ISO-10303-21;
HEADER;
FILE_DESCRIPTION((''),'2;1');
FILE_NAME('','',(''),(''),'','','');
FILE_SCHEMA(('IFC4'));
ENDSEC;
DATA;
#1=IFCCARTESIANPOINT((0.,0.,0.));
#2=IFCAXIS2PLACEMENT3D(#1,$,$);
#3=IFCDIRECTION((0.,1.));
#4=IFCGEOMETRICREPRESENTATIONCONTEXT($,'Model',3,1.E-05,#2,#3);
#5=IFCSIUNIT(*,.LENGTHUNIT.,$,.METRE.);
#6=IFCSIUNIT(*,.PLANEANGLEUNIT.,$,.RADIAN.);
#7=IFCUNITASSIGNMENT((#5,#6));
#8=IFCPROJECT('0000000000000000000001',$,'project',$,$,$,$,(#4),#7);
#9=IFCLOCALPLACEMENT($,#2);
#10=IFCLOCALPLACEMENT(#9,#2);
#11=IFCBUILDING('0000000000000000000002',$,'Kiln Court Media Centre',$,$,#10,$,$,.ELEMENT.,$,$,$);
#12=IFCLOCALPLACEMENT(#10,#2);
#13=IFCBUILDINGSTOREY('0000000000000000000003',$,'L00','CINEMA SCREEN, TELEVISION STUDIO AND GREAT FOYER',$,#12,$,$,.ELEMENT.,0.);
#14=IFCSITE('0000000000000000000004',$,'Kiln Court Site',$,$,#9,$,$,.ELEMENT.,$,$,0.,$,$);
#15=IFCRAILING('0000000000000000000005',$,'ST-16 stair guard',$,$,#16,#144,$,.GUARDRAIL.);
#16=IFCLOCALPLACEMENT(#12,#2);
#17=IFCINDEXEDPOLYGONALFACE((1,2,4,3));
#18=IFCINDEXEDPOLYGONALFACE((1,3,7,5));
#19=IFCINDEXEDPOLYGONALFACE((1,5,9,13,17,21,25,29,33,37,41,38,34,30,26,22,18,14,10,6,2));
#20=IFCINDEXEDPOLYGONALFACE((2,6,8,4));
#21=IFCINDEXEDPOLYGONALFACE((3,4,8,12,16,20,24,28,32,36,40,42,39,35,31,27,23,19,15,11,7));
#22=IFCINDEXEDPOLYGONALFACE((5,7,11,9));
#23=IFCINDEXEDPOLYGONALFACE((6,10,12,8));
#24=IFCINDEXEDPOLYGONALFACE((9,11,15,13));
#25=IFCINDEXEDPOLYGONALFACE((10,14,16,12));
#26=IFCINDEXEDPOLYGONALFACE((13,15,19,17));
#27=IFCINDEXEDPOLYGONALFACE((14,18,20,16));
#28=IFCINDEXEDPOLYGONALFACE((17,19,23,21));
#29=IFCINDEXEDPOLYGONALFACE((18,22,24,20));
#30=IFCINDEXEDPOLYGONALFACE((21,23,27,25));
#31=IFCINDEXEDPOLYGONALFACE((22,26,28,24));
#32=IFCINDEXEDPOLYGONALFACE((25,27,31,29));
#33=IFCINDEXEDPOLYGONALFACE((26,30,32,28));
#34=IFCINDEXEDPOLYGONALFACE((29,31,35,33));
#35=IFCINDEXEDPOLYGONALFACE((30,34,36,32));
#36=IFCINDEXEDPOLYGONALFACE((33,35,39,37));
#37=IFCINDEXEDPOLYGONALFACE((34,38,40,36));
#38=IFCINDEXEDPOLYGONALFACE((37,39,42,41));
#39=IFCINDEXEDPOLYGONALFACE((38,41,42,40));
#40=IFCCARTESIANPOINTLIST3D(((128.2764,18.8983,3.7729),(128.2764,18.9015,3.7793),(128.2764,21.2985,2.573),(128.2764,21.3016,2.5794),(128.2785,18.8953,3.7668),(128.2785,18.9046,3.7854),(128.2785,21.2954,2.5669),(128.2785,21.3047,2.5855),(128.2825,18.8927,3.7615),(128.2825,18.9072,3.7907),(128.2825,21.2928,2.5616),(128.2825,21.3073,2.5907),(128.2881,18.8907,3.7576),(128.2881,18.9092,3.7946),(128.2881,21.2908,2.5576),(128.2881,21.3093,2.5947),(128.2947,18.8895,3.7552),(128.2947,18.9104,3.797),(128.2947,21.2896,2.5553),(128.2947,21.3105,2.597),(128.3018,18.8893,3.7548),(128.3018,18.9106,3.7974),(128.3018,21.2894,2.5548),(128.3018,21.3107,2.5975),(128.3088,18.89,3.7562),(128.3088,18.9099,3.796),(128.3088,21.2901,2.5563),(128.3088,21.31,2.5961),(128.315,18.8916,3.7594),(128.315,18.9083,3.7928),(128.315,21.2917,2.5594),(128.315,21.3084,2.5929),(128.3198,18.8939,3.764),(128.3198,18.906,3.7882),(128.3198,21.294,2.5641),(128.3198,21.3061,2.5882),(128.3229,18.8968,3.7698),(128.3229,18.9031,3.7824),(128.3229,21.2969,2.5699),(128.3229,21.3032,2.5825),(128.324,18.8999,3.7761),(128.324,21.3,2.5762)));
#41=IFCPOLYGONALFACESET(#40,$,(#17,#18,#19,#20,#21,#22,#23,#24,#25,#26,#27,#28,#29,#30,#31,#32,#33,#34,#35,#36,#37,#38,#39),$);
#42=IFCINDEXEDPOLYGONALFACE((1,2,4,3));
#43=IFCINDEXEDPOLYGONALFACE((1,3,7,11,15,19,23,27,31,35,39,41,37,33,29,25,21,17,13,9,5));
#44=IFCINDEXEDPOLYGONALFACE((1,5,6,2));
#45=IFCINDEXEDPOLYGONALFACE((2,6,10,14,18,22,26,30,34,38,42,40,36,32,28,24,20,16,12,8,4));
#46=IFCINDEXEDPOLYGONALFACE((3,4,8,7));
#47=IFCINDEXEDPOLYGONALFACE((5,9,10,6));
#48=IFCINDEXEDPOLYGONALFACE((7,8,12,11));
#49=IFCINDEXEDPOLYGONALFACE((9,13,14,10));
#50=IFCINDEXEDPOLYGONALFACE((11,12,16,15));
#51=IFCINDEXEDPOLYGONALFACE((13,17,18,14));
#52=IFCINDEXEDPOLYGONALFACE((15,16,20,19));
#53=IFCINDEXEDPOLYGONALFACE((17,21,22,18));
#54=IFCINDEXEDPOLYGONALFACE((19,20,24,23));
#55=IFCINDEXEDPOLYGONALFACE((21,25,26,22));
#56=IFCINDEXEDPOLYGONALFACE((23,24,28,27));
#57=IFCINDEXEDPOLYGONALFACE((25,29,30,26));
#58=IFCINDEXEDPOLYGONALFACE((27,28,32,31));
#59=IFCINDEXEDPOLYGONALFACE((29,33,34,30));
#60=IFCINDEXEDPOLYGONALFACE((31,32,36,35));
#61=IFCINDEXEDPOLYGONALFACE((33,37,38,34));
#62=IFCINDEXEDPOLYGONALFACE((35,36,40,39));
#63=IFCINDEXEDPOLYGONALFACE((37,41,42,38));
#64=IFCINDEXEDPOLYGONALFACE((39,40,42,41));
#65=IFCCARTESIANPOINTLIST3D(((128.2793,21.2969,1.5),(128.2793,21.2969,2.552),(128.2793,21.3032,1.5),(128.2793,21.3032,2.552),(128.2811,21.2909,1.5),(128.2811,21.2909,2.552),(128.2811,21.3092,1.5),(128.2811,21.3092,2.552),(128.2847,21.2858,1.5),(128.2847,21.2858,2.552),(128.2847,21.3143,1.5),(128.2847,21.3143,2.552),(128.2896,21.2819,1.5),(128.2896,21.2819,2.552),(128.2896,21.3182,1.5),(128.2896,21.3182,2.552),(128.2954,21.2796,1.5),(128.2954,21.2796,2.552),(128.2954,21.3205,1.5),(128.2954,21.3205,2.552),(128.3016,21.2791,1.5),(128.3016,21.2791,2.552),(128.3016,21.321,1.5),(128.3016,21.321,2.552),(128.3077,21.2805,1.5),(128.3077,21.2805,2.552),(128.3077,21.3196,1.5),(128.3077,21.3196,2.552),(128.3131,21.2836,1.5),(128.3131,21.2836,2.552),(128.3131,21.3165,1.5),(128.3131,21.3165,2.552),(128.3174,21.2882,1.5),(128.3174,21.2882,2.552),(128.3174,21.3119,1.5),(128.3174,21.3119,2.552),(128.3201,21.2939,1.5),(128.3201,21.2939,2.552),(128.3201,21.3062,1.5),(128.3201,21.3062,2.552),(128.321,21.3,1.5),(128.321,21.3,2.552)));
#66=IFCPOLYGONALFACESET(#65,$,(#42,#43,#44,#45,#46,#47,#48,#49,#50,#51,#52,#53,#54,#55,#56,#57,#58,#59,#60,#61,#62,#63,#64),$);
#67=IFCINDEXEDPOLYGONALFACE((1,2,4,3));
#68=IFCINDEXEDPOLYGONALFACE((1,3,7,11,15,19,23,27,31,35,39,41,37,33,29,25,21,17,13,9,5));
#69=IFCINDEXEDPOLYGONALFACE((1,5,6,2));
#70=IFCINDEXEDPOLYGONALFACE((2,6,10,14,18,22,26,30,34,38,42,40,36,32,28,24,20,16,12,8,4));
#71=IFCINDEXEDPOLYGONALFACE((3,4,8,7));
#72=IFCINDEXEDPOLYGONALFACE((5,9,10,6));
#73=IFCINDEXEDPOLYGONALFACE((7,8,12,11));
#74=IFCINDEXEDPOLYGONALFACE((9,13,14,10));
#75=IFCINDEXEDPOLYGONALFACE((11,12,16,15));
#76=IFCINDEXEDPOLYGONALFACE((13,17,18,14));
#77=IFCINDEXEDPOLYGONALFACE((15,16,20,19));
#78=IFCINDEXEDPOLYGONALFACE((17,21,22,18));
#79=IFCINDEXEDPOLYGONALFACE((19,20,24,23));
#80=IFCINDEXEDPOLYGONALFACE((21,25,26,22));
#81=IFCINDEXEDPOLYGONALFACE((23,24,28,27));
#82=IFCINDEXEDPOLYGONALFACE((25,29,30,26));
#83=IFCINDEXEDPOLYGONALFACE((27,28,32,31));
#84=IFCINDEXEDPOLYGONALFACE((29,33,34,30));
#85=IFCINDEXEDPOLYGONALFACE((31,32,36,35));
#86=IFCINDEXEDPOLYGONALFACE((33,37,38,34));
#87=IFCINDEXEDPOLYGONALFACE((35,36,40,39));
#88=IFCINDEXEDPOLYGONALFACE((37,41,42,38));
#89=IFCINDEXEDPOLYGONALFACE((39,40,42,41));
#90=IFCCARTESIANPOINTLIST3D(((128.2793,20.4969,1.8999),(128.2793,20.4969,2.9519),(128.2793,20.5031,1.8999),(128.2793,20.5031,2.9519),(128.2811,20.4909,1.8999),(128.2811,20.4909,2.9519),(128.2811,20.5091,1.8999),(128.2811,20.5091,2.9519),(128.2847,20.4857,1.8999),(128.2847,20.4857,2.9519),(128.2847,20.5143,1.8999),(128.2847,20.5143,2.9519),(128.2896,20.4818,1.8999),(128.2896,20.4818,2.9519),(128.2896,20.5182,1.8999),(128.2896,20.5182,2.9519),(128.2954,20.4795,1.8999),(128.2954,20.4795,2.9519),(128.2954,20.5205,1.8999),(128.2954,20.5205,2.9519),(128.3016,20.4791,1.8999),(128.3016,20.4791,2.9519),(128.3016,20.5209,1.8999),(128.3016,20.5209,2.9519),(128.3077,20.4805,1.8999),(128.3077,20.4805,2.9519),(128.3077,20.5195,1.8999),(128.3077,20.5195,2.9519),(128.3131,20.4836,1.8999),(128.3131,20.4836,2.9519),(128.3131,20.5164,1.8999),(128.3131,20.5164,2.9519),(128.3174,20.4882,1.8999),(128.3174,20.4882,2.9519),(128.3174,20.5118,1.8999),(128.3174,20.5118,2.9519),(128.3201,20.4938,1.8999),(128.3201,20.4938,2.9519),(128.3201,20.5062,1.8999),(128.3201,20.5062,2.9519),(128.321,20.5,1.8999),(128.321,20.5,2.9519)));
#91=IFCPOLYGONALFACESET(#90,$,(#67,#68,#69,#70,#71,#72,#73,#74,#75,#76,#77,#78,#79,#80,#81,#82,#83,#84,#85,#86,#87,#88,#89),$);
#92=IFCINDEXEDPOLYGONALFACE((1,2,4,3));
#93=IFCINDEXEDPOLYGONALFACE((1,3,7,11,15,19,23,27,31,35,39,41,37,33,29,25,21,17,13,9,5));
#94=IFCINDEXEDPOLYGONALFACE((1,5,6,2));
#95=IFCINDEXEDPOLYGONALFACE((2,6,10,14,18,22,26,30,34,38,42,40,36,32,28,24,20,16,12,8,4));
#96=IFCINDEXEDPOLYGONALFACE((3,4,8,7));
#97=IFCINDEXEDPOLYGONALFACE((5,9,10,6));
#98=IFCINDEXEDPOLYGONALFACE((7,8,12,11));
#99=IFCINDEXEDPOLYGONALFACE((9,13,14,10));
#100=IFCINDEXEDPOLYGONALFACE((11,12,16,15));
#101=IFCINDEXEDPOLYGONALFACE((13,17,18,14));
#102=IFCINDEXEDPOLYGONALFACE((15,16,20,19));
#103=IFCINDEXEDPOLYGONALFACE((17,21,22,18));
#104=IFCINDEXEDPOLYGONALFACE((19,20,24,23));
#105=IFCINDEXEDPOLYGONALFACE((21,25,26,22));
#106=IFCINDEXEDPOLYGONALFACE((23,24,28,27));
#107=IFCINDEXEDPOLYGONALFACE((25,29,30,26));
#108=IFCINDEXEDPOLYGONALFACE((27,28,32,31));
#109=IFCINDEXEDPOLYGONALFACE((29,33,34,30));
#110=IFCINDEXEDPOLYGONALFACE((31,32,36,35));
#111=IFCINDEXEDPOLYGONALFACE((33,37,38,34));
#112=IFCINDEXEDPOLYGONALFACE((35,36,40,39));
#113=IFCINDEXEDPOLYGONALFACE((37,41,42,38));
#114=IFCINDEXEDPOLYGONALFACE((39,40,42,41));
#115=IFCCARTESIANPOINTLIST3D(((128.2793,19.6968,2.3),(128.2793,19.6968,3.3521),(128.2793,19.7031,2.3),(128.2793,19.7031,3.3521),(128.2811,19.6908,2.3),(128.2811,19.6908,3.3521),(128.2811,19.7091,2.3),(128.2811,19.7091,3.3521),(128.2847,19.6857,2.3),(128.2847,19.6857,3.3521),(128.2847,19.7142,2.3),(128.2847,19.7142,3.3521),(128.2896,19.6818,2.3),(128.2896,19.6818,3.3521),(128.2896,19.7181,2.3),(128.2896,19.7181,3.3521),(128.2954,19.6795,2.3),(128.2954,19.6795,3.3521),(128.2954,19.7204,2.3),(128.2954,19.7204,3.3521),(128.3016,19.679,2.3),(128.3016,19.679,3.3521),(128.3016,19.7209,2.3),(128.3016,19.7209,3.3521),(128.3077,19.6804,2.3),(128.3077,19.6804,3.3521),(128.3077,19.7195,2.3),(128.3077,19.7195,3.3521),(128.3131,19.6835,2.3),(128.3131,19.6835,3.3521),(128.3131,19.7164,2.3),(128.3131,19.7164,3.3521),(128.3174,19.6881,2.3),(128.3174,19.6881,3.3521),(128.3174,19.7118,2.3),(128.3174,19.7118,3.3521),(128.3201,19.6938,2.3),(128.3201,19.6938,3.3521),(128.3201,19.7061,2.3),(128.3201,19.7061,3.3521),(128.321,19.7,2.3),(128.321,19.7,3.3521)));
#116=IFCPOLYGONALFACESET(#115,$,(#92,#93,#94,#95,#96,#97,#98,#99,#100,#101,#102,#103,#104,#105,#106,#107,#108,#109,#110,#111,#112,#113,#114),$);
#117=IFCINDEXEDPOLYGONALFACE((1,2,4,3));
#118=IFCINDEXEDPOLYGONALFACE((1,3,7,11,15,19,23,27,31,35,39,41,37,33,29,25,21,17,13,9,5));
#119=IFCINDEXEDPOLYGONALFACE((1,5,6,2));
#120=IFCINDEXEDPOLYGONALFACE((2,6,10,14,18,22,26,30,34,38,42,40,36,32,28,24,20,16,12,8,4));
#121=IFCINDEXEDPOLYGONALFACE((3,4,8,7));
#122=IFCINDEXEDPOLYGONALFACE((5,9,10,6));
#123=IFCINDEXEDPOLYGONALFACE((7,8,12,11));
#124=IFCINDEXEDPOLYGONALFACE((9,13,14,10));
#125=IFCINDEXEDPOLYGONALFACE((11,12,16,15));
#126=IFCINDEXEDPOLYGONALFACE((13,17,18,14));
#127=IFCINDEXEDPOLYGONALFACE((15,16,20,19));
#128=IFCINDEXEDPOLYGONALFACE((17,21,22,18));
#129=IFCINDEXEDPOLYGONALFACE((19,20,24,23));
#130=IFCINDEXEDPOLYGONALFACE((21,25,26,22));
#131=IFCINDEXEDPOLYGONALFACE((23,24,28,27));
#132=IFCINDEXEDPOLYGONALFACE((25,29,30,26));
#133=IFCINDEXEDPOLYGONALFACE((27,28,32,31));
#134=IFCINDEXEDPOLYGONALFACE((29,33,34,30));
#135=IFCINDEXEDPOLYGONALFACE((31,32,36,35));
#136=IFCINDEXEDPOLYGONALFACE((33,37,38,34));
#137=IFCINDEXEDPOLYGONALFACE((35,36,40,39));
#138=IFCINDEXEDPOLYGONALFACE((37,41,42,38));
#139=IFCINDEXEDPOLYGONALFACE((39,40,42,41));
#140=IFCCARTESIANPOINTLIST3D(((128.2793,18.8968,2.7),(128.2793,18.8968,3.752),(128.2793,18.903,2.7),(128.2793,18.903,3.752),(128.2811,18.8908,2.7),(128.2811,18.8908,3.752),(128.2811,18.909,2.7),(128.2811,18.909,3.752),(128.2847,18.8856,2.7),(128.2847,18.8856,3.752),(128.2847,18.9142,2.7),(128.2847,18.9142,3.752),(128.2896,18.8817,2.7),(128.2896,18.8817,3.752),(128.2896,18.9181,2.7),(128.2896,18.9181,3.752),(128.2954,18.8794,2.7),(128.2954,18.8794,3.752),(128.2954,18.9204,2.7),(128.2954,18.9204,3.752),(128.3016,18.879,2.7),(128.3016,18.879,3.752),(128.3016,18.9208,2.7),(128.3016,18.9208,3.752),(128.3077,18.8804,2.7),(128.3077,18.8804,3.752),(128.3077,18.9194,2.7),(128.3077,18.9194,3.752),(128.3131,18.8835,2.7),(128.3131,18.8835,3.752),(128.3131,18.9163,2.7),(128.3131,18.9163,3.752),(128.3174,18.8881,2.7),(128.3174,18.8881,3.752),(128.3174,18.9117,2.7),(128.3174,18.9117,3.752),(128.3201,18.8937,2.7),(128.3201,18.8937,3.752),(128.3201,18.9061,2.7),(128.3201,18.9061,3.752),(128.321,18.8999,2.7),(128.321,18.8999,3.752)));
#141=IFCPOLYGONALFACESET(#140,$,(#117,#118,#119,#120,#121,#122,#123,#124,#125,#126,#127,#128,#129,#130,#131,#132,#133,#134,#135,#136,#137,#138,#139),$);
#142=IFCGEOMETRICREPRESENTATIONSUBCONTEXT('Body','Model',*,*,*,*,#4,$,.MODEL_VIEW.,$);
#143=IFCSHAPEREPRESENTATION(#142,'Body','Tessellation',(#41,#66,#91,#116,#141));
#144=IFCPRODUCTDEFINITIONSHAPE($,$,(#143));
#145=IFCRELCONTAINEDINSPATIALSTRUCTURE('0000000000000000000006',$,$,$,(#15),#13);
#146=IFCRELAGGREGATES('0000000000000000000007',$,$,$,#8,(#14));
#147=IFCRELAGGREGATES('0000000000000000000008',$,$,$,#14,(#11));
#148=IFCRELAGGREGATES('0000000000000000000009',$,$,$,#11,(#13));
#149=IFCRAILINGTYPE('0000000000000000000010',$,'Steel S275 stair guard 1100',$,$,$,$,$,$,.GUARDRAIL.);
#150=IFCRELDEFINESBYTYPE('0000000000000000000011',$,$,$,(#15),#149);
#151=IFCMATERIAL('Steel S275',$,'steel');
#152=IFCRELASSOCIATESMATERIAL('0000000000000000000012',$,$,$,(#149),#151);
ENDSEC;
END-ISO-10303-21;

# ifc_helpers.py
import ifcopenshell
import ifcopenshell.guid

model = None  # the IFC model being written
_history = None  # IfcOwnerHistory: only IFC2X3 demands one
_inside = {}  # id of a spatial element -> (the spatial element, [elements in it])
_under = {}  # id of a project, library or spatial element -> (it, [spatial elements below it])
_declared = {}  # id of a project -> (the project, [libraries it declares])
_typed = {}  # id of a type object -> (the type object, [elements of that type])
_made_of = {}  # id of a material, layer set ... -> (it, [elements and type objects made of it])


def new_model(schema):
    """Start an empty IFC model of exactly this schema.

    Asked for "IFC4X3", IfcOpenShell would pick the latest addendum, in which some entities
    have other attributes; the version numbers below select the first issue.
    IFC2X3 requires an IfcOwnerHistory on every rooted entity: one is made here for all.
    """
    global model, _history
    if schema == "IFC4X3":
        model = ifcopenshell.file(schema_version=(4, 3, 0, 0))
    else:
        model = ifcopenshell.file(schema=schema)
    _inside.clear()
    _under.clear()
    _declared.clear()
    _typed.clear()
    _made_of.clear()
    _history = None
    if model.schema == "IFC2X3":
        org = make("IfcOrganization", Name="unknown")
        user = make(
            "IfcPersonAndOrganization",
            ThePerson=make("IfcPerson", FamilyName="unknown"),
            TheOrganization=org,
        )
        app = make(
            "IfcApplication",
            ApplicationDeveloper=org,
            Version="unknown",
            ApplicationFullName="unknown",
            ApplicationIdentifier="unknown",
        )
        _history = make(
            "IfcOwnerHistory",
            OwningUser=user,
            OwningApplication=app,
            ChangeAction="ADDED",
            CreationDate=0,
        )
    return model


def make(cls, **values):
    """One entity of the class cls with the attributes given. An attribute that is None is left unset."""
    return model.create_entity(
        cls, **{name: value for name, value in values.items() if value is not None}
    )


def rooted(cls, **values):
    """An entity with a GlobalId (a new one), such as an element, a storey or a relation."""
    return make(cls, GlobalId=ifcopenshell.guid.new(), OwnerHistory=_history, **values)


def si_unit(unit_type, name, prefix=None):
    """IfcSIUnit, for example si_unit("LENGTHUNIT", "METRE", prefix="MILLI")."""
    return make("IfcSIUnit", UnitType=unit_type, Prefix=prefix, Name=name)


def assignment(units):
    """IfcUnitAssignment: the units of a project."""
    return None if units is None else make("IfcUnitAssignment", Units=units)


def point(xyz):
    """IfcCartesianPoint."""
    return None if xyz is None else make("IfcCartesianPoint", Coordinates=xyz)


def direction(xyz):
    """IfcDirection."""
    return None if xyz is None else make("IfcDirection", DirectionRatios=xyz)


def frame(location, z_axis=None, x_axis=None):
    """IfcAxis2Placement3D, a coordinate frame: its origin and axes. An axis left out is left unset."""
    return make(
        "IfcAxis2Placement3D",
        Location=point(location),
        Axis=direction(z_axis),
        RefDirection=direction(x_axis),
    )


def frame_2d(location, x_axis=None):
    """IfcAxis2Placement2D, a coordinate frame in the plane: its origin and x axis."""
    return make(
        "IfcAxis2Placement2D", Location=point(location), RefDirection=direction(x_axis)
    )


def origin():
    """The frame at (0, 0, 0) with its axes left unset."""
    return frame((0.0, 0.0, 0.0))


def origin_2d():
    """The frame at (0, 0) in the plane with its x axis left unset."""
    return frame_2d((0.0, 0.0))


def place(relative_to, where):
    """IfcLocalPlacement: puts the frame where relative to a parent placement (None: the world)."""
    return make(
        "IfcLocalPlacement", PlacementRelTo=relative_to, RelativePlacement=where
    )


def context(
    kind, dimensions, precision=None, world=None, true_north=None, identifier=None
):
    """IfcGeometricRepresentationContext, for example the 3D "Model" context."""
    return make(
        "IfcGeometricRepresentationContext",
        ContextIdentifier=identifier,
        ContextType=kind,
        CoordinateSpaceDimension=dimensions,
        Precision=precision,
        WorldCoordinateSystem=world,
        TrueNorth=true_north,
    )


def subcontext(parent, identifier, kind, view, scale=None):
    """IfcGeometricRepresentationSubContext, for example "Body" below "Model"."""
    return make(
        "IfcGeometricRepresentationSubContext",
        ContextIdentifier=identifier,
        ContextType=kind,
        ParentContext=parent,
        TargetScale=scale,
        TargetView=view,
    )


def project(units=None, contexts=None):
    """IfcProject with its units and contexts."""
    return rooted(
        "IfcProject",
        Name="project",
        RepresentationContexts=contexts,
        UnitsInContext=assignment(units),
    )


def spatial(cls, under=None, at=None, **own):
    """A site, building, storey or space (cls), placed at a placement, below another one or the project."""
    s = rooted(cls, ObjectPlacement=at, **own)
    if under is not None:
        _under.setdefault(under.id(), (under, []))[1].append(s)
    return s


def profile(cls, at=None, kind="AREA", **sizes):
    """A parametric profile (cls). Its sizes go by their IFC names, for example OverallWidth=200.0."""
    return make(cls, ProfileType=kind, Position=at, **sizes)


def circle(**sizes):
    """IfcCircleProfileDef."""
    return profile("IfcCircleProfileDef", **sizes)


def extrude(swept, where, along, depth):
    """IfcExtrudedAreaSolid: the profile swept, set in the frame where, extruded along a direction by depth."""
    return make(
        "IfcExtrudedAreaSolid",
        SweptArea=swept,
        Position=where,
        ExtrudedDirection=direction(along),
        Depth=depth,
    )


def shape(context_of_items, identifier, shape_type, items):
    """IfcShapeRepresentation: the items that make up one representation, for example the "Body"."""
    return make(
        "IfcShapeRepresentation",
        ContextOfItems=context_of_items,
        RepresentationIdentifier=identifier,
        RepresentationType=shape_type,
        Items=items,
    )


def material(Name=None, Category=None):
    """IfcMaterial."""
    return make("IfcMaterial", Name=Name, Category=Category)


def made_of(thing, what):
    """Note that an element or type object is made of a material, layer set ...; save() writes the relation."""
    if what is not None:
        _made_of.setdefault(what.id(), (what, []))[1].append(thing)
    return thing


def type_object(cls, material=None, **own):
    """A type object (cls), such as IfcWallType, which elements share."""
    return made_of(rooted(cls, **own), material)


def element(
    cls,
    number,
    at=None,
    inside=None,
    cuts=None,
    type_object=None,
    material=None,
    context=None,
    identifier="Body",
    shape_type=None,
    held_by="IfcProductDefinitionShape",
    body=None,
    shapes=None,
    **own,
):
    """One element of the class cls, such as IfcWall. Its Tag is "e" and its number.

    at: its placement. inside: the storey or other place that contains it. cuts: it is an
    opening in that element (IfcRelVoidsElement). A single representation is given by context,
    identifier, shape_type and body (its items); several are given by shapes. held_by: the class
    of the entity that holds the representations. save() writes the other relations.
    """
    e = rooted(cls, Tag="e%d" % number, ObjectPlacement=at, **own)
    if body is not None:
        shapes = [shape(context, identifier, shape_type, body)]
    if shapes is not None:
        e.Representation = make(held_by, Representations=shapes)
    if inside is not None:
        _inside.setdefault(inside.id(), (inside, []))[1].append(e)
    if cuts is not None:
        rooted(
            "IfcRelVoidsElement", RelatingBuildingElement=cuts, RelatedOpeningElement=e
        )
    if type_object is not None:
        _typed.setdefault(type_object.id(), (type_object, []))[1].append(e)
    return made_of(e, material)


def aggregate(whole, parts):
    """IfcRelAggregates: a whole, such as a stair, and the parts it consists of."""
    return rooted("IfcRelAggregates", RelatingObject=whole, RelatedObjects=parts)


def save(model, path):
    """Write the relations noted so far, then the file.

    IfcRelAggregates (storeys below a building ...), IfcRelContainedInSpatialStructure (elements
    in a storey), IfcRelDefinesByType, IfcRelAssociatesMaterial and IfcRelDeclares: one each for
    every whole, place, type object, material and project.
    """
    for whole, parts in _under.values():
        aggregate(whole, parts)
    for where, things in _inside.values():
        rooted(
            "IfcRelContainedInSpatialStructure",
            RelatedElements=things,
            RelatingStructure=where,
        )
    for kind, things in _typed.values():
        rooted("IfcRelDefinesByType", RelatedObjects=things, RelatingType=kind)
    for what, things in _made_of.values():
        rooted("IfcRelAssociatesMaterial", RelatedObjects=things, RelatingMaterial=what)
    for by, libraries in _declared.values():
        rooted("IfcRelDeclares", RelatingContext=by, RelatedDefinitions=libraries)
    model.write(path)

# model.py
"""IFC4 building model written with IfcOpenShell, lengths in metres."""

from ifc_helpers import new_model, si_unit, direction, frame, origin, origin_2d, place, context, subcontext, project, spatial, circle, extrude, material, type_object, element, save


model = new_model("IFC4")

# Units and contexts
model_context = context("Model", 3, precision=1e-05, world=origin(), true_north=direction((0.0, 1.0)))
body_context = subcontext(model_context, "Body", "Model", "MODEL_VIEW")
ifc_project = project(units=[si_unit("LENGTHUNIT", "METRE"), si_unit("PLANEANGLEUNIT", "RADIAN")], contexts=[model_context])

# Site, building, storey
site_placement = place(None, origin())
site = spatial("IfcSite", under=ifc_project, at=site_placement, Name="Kiln Court Site", CompositionType="ELEMENT", RefElevation=0.0)
building_placement = place(site_placement, origin())
building = spatial("IfcBuilding", under=site, at=building_placement, Name="Kiln Court Media Centre", CompositionType="ELEMENT")
storey_placement = place(building_placement, origin())
storey = spatial("IfcBuildingStorey", under=building, at=storey_placement, Name="L00", Description="CINEMA SCREEN, TELEVISION STUDIO AND GREAT FOYER", CompositionType="ELEMENT", Elevation=0.0)

# Railing
ifc_material_1 = material(Name="Steel S275", Category="steel")
railing_type_1 = type_object("IfcRailingType", Name="Steel S275 stair guard 1100", PredefinedType="GUARDRAIL", material=ifc_material_1)
railing_1_placement = place(storey_placement, frame((128.3, 21.3, 1.5)))
element("IfcRailing", 1, at=railing_1_placement, inside=storey, type_object=railing_type_1, Name="ST-16 stair guard", PredefinedType="GUARDRAIL", context=body_context, shape_type="SweptSolid", body=[
    extrude(circle(Radius=0.0239, at=origin_2d()), frame((0.0, 0.0, 1.0762), z_axis=(0.0, -0.894445, 0.447177), x_axis=(1.0, 0.0, 0.0)), (0.0, 0.0, 1.0), 2.6833),
    extrude(circle(Radius=0.021, at=origin_2d()), origin(), (0.0, 0.0, 1.0), 1.052),
    extrude(circle(Radius=0.021, at=origin_2d()), frame((0.0, -0.8, 0.3999)), (0.0, 0.0, 1.0), 1.052),
    extrude(circle(Radius=0.021, at=origin_2d()), frame((0.0, -1.6001, 0.8)), (0.0, 0.0, 1.0), 1.052),
    extrude(circle(Radius=0.021, at=origin_2d()), frame((0.0, -2.4001, 1.2)), (0.0, 0.0, 1.0), 1.052),
])

save(model, "model.ifc")
